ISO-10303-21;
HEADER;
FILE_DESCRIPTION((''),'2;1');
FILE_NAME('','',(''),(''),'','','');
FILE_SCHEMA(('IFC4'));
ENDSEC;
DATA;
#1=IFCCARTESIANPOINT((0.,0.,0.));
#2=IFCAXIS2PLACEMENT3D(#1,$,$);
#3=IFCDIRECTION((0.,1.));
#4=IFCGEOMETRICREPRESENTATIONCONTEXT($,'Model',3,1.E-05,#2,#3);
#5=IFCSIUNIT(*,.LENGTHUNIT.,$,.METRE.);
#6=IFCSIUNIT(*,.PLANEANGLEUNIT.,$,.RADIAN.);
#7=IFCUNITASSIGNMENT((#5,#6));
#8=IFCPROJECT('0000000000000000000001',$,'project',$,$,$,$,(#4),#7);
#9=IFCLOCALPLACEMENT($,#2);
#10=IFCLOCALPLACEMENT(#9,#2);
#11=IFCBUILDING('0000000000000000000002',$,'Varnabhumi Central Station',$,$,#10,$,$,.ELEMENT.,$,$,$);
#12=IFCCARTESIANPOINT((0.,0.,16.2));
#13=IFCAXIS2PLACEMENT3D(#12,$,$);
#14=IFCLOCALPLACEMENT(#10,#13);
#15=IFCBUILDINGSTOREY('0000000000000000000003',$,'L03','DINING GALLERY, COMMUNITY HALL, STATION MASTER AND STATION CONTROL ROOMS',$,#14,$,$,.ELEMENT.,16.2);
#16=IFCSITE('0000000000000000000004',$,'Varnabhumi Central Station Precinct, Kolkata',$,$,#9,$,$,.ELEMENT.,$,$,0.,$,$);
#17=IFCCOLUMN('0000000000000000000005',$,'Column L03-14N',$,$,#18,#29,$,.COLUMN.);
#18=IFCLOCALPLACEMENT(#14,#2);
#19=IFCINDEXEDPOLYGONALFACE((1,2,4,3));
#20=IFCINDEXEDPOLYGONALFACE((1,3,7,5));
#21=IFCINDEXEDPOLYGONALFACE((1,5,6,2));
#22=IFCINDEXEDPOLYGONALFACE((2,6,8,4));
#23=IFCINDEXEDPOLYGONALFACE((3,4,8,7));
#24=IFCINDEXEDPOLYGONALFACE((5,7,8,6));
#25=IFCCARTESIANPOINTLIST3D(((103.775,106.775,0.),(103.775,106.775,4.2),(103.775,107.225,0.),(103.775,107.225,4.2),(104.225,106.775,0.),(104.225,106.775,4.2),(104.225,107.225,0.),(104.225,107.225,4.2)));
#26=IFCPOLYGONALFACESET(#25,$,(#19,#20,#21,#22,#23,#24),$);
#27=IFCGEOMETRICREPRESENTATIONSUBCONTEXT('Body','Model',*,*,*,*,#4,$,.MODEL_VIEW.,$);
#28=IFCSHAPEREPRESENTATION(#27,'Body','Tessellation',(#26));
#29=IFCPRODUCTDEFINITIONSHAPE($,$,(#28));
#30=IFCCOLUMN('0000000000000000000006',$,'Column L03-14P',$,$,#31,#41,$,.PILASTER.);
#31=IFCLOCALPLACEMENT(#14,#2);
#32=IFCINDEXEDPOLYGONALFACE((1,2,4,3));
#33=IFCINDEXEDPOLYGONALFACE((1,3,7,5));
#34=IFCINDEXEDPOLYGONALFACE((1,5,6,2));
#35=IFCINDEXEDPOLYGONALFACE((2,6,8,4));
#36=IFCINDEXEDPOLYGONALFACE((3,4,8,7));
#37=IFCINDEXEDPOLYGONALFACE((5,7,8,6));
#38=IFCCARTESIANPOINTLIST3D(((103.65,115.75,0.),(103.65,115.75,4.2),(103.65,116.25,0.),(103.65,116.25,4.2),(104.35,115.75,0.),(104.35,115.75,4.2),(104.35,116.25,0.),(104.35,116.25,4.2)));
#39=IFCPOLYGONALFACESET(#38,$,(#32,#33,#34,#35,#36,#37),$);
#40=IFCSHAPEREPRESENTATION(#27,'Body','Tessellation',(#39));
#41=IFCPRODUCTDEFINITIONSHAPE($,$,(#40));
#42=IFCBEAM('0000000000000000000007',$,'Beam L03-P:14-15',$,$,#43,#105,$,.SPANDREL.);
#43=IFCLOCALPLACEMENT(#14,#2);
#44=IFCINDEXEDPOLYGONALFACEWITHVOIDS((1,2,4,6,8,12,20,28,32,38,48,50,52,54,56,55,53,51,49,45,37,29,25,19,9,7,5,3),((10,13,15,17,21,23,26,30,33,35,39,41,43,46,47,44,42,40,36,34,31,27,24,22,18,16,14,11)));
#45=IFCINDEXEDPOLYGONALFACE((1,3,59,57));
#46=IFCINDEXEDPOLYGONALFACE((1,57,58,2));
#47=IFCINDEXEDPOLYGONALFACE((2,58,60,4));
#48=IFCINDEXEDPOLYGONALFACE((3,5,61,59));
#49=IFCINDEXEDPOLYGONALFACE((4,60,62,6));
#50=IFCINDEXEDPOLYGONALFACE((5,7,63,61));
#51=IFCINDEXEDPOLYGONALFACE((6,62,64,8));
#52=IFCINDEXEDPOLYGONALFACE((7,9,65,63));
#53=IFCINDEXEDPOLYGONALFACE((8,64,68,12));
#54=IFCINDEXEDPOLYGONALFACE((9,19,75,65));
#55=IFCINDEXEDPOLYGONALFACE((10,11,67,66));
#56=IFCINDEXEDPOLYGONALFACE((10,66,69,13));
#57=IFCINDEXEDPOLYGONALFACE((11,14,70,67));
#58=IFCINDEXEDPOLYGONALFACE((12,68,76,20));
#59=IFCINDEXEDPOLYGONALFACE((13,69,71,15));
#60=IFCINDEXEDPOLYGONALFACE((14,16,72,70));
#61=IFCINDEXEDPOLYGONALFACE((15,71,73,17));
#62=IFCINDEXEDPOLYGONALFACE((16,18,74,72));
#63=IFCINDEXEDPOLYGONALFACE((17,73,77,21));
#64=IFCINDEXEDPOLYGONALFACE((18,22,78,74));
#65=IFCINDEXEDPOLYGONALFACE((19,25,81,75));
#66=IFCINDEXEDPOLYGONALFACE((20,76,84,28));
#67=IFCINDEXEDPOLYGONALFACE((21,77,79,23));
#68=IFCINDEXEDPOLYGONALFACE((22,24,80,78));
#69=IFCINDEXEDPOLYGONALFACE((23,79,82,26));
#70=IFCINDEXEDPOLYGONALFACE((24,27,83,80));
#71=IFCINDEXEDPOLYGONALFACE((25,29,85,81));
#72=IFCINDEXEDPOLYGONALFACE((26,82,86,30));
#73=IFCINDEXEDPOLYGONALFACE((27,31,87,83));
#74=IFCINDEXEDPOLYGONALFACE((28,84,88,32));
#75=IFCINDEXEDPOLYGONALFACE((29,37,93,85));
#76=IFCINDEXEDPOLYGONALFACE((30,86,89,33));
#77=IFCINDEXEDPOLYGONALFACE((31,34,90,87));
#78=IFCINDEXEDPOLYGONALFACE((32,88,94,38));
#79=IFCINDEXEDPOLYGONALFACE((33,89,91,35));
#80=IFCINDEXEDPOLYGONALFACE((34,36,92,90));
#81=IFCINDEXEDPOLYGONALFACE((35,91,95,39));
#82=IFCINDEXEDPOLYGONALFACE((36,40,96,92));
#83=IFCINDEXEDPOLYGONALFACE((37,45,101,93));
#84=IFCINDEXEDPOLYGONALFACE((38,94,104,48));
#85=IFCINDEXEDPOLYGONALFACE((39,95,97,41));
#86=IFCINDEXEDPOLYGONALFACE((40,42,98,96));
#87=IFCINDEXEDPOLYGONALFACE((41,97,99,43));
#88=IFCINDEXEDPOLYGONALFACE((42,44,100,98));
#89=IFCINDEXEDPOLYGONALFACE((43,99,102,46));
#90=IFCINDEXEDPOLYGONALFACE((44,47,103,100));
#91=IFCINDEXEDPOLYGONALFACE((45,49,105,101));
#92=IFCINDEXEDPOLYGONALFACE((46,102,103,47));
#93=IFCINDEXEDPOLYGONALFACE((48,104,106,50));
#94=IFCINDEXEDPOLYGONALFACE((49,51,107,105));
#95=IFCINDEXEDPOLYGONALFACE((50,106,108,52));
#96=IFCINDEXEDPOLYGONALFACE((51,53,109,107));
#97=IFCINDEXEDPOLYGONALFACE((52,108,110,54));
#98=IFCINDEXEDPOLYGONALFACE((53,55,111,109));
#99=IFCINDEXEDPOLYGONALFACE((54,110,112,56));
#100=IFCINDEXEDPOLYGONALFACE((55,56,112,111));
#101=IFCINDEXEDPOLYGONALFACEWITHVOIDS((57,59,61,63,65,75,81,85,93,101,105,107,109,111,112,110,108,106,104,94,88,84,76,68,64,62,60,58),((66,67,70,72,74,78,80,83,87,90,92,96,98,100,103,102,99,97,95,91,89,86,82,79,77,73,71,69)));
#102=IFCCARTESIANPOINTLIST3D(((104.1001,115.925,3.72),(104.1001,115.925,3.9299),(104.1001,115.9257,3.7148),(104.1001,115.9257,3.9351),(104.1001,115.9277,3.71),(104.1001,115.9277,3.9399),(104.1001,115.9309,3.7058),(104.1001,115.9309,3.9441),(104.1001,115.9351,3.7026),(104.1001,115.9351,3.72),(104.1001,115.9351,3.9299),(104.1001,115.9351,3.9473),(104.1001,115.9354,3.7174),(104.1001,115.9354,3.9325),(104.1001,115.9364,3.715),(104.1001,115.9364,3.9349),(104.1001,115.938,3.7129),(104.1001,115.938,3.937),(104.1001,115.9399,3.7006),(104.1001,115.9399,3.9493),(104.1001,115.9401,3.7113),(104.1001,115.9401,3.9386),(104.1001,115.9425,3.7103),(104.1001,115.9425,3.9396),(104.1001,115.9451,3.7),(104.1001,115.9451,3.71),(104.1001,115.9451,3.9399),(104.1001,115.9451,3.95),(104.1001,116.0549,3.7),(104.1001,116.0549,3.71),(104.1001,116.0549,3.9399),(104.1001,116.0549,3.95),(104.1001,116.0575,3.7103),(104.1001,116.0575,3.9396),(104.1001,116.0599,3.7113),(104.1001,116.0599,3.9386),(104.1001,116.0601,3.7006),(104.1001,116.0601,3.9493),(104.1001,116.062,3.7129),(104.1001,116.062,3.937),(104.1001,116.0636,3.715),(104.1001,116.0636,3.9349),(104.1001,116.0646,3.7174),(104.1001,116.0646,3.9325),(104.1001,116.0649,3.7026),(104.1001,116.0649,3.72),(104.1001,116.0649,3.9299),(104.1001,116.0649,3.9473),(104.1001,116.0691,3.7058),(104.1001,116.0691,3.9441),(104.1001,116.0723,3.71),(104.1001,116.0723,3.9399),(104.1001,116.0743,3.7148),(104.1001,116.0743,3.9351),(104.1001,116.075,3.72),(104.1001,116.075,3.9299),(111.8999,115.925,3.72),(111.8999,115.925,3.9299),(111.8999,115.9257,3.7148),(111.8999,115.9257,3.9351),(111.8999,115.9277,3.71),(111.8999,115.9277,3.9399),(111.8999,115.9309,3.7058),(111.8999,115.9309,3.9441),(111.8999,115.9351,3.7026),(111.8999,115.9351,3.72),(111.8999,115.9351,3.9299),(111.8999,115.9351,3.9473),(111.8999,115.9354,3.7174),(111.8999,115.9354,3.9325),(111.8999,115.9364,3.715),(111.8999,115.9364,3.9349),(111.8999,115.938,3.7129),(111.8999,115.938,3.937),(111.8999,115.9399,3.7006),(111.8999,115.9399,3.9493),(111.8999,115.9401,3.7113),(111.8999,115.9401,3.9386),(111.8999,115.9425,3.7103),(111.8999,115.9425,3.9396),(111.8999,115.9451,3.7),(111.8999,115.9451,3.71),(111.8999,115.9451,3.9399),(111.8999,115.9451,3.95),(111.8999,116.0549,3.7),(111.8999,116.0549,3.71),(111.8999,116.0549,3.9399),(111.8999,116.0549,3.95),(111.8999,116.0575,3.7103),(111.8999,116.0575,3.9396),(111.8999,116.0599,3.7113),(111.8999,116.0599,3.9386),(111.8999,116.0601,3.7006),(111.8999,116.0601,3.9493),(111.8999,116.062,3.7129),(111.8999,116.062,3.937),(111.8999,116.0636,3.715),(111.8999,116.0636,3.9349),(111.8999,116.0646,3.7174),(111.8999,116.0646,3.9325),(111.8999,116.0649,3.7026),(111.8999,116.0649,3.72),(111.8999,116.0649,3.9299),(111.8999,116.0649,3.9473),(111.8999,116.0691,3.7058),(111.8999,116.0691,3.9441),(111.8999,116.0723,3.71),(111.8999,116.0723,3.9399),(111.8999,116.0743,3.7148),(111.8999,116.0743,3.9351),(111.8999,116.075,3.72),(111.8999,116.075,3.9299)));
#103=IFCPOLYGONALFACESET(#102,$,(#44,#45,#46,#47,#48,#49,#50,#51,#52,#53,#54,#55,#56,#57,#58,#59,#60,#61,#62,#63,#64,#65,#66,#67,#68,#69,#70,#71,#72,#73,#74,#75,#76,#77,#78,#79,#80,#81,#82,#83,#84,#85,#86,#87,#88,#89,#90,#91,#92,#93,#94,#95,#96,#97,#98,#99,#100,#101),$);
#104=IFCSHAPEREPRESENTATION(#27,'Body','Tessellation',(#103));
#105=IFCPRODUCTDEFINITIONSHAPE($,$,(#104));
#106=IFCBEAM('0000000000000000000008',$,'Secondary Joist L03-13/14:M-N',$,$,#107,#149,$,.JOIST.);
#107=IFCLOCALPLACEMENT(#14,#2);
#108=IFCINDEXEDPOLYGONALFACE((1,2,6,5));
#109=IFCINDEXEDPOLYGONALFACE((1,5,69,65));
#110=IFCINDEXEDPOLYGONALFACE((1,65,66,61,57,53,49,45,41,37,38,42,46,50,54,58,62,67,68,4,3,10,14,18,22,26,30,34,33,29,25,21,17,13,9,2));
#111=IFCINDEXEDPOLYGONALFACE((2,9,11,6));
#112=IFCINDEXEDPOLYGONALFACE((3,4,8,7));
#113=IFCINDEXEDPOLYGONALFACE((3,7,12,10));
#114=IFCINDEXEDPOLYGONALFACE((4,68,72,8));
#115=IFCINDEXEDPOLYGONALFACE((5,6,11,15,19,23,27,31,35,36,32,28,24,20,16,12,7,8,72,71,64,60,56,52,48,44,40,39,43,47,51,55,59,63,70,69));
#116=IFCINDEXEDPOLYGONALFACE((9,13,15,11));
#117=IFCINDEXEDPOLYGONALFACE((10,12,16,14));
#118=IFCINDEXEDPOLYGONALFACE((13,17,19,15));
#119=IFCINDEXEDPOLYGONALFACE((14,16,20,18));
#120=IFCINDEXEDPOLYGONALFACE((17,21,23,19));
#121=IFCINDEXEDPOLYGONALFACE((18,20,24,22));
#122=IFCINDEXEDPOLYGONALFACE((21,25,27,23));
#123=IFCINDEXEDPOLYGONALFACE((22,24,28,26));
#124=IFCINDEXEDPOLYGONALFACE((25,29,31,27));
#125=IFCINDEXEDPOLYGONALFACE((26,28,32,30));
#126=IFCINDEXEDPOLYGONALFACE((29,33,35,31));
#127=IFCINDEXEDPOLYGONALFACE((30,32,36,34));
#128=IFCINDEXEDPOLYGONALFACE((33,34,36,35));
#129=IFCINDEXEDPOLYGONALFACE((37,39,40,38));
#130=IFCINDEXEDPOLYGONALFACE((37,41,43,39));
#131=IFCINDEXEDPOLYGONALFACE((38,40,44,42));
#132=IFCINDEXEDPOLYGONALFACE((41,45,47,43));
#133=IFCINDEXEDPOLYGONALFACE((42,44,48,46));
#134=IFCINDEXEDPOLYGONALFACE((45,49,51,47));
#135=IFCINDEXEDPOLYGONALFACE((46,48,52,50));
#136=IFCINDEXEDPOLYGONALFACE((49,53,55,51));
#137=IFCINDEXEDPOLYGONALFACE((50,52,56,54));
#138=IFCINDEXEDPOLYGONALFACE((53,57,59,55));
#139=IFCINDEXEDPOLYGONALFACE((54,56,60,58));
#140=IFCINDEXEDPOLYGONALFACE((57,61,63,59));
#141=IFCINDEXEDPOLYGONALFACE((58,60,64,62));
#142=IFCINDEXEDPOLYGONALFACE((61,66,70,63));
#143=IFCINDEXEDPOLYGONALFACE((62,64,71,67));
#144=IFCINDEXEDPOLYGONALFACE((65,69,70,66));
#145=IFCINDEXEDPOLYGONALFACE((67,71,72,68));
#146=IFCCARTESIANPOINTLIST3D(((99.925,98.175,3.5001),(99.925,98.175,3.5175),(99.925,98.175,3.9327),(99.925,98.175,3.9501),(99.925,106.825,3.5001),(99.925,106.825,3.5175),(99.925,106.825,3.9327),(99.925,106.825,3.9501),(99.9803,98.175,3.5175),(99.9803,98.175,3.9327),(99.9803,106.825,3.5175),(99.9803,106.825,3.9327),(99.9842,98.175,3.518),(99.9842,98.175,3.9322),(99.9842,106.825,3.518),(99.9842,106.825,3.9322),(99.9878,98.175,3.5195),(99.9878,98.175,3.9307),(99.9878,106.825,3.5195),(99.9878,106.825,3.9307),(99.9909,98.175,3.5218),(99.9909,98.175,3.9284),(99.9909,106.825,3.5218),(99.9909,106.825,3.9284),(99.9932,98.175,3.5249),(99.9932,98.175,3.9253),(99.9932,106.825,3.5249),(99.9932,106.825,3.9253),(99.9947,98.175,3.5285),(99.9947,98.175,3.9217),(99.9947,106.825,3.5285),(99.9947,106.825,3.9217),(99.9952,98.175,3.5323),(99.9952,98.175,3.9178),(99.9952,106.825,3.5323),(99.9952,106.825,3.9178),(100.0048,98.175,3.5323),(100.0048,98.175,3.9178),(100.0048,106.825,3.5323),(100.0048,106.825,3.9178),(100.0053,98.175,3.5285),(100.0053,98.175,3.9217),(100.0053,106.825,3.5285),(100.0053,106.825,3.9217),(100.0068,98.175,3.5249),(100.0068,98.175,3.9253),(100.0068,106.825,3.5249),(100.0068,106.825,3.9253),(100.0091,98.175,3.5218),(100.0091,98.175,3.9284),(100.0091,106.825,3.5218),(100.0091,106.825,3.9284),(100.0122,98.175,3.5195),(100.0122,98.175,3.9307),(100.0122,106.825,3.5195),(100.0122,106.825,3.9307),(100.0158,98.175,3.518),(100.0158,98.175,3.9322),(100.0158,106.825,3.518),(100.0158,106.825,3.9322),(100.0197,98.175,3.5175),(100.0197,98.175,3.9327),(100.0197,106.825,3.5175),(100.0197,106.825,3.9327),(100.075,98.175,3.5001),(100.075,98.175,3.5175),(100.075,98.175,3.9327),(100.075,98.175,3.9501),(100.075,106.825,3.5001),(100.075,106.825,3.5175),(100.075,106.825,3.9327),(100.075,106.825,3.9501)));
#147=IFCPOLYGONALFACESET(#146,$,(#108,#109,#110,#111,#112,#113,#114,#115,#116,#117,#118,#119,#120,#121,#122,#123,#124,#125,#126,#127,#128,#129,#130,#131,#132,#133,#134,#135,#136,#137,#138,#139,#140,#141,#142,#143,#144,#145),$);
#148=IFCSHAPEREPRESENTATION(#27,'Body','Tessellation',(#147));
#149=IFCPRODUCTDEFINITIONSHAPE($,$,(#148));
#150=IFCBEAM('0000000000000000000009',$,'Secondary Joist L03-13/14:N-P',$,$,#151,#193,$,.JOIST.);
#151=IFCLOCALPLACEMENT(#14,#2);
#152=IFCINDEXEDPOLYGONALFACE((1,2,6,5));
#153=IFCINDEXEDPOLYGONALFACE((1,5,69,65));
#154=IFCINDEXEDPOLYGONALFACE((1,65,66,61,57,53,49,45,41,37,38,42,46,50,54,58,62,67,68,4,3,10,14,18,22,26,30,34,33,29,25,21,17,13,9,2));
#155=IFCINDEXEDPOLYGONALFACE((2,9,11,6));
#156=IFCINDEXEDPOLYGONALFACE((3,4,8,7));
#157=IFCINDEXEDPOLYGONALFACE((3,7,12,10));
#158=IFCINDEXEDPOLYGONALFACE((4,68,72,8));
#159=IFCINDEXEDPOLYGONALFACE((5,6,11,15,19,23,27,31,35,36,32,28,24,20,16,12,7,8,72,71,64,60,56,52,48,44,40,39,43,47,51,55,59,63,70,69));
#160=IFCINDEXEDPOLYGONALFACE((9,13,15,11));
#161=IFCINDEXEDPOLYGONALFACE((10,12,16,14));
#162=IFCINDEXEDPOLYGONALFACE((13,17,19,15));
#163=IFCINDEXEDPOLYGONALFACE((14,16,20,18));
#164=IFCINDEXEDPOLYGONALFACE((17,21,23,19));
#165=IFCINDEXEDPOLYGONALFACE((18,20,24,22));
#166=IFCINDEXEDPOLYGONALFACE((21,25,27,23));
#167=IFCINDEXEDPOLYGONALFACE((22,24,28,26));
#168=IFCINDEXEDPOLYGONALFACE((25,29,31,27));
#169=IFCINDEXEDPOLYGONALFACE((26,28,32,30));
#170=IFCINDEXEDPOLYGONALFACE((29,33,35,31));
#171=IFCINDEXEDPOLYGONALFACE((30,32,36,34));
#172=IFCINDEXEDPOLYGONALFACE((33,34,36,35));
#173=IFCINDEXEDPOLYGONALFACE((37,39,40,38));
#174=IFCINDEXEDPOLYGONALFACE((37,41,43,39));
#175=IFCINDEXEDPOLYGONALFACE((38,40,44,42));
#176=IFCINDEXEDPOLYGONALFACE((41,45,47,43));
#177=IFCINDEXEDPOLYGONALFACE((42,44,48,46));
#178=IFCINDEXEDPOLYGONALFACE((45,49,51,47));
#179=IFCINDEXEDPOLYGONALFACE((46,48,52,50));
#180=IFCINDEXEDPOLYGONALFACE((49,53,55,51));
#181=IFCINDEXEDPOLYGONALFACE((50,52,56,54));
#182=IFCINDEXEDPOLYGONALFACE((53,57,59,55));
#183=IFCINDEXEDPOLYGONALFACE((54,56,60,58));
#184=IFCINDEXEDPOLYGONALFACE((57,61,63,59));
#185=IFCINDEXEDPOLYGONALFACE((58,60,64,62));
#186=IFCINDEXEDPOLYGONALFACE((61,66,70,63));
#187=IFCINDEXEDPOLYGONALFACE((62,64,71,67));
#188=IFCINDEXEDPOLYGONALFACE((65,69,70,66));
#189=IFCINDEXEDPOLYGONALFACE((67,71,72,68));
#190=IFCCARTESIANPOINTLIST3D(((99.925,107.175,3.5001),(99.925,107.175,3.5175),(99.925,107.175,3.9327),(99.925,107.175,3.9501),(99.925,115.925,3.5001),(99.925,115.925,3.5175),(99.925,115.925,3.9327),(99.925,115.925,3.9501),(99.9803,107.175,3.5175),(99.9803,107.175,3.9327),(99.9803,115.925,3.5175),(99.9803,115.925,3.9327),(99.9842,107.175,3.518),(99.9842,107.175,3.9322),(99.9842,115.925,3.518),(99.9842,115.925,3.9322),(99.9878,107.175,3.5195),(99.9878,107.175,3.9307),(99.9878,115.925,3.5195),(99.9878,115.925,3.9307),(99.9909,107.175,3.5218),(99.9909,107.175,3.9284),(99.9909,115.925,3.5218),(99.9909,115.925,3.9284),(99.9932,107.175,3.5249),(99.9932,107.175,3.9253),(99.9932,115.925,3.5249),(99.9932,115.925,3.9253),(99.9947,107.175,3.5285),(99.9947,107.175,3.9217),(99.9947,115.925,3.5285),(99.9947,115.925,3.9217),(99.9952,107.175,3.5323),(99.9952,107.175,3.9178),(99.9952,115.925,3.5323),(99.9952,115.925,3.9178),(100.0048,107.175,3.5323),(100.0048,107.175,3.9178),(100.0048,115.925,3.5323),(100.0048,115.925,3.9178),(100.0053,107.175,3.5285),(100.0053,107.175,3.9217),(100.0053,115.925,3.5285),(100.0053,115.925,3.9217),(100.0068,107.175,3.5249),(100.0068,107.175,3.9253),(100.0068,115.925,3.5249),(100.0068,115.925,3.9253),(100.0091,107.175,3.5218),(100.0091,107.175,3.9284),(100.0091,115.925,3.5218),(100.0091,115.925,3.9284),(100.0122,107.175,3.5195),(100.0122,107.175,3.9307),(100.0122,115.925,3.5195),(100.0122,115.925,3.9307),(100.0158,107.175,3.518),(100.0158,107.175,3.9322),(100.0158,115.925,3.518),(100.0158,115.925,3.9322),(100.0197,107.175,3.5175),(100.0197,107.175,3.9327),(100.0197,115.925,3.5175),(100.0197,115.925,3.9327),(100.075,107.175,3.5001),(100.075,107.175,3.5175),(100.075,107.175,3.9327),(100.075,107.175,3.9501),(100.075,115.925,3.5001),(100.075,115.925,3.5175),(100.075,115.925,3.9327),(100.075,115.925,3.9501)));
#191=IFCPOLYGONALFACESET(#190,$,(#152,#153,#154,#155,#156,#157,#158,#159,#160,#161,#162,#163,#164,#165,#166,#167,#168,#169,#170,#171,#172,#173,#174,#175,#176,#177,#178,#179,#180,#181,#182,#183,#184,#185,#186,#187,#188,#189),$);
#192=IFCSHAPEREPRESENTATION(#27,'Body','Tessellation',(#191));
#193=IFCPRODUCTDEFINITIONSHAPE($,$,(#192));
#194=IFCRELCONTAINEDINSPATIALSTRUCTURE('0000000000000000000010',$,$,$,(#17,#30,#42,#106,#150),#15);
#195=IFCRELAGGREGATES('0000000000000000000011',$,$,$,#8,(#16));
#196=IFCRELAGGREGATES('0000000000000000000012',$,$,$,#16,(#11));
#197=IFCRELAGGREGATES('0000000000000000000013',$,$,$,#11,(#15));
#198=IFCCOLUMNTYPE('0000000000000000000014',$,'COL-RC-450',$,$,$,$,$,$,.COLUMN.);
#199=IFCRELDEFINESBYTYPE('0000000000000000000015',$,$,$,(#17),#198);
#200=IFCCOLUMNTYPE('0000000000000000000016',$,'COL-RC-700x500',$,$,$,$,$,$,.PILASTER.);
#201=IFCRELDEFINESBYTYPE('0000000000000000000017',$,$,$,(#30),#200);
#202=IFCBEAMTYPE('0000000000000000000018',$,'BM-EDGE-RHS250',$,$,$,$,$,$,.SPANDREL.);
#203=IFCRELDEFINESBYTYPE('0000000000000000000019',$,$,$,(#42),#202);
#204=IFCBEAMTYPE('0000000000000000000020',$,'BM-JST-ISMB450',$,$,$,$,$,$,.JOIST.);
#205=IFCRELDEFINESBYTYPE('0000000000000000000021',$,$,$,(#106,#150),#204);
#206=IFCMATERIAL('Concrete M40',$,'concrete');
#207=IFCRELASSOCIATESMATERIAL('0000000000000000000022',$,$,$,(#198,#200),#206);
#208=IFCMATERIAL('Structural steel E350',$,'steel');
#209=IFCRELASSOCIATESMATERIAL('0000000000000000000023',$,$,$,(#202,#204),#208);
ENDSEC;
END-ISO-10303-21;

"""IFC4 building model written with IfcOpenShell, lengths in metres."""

from ifc_helpers import new_model, si_unit, direction, frame, origin, origin_2d, place, context, subcontext, project, spatial, rectangle, hollow_rectangle, i_section, extrude, material, material_profile, profile_set, type_object, element, save


model = new_model("IFC4")

# Units and contexts
model_context = context("Model", 3, precision=1e-05, world=origin(), true_north=direction((0.0, 1.0)))
body_context = subcontext(model_context, "Body", "Model", "MODEL_VIEW")
ifc_project = project(units=[si_unit("LENGTHUNIT", "METRE"), si_unit("PLANEANGLEUNIT", "RADIAN")], contexts=[model_context])

# Site, building, storey
site_placement = place(None, origin())
site = spatial("IfcSite", under=ifc_project, at=site_placement, Name="Varnabhumi Central Station Precinct, Kolkata", CompositionType="ELEMENT", RefElevation=0.0)
building_placement = place(site_placement, origin())
building = spatial("IfcBuilding", under=site, at=building_placement, Name="Varnabhumi Central Station", CompositionType="ELEMENT")
storey_placement = place(building_placement, frame((0.0, 0.0, 16.2)))
storey = spatial("IfcBuildingStorey", under=building, at=storey_placement, Name="L03", Description="DINING GALLERY, COMMUNITY HALL, STATION MASTER AND STATION CONTROL ROOMS", CompositionType="ELEMENT", Elevation=16.2)

# Columns
ifc_material_1 = material(Name="Concrete M40", Category="concrete")
ifc_material_profile_1 = material_profile(ifc_material_1, rectangle(XDim=0.45, YDim=0.45, at=origin_2d()), Name="Concrete M40", Category="concrete")
ifc_profile_set_1 = profile_set([ifc_material_profile_1], Name="Concrete M40")
column_type_1 = type_object("IfcColumnType", Name="COL-RC-450", PredefinedType="COLUMN", material=ifc_profile_set_1)
column_1_placement = place(storey_placement, frame((104.0, 107.0, 0.0), z_axis=(0.0, 0.0, 1.0), x_axis=(1.0, 0.0, 0.0)))
element("IfcColumn", 1, at=column_1_placement, inside=storey, type_object=column_type_1, Name="Column L03-14N", PredefinedType="COLUMN", context=body_context, shape_type="SweptSolid", body=[
    extrude(rectangle(XDim=0.45, YDim=0.45, at=origin_2d()), origin(), (0.0, 0.0, 1.0), 4.2),
])
ifc_material_profile_2 = material_profile(ifc_material_1, rectangle(XDim=0.7, YDim=0.5, at=origin_2d()), Name="Concrete M40", Category="concrete")
ifc_profile_set_2 = profile_set([ifc_material_profile_2], Name="Concrete M40")
column_type_2 = type_object("IfcColumnType", Name="COL-RC-700x500", PredefinedType="PILASTER", material=ifc_profile_set_2)
column_2_placement = place(storey_placement, frame((104.0, 116.0, 0.0), z_axis=(0.0, 0.0, 1.0), x_axis=(1.0, 0.0, 0.0)))
element("IfcColumn", 2, at=column_2_placement, inside=storey, type_object=column_type_2, Name="Column L03-14P", PredefinedType="PILASTER", context=body_context, shape_type="SweptSolid", body=[
    extrude(rectangle(XDim=0.7, YDim=0.5, at=origin_2d()), origin(), (0.0, 0.0, 1.0), 4.2),
])

# Beams
ifc_material_2 = material(Name="Structural steel E350", Category="steel")
ifc_material_profile_3 = material_profile(ifc_material_2, hollow_rectangle(XDim=0.1499, YDim=0.25, WallThickness=0.01, InnerFilletRadius=0.01, OuterFilletRadius=0.02, at=origin_2d()), Name="Structural steel E350", Category="steel")
ifc_profile_set_3 = profile_set([ifc_material_profile_3], Name="Structural steel E350")
beam_type_1 = type_object("IfcBeamType", Name="BM-EDGE-RHS250", PredefinedType="SPANDREL", material=ifc_profile_set_3)
beam_1_placement = place(storey_placement, frame((104.1001, 116.0, 3.825), z_axis=(1.0, 0.0, 0.0), x_axis=(0.0, 1.0, 0.0)))
element("IfcBeam", 3, at=beam_1_placement, inside=storey, type_object=beam_type_1, Name="Beam L03-P:14-15", PredefinedType="SPANDREL", context=body_context, shape_type="SweptSolid", body=[
    extrude(hollow_rectangle(XDim=0.1499, YDim=0.25, WallThickness=0.01, InnerFilletRadius=0.01, OuterFilletRadius=0.02, at=origin_2d()), origin(), (0.0, 0.0, 1.0), 7.7998),
])
ifc_material_profile_4 = material_profile(ifc_material_2, i_section(OverallWidth=0.1499, OverallDepth=0.45, WebThickness=0.0095, FlangeThickness=0.0173, FilletRadius=0.0149, at=origin_2d()), Name="Structural steel E350", Category="steel")
ifc_profile_set_4 = profile_set([ifc_material_profile_4], Name="Structural steel E350")
beam_type_2 = type_object("IfcBeamType", Name="BM-JST-ISMB450", PredefinedType="JOIST", material=ifc_profile_set_4)
beam_2_placement = place(storey_placement, frame((100.0, 98.175, 3.7251), z_axis=(0.0, 1.0, 0.0), x_axis=(-1.0, 0.0, 0.0)))
element("IfcBeam", 4, at=beam_2_placement, inside=storey, type_object=beam_type_2, Name="Secondary Joist L03-13/14:M-N", PredefinedType="JOIST", context=body_context, shape_type="SweptSolid", body=[
    extrude(i_section(OverallWidth=0.1499, OverallDepth=0.45, WebThickness=0.0095, FlangeThickness=0.0173, FilletRadius=0.0149, at=origin_2d()), origin(), (0.0, 0.0, 1.0), 8.6499),
])
beam_3_placement = place(storey_placement, frame((100.0, 107.175, 3.7251), z_axis=(0.0, 1.0, 0.0), x_axis=(-1.0, 0.0, 0.0)))
element("IfcBeam", 5, at=beam_3_placement, inside=storey, type_object=beam_type_2, Name="Secondary Joist L03-13/14:N-P", PredefinedType="JOIST", context=body_context, shape_type="SweptSolid", body=[
    extrude(i_section(OverallWidth=0.1499, OverallDepth=0.45, WebThickness=0.0095, FlangeThickness=0.0173, FilletRadius=0.0149, at=origin_2d()), origin(), (0.0, 0.0, 1.0), 8.75),
])

save(model, "model.ifc")
